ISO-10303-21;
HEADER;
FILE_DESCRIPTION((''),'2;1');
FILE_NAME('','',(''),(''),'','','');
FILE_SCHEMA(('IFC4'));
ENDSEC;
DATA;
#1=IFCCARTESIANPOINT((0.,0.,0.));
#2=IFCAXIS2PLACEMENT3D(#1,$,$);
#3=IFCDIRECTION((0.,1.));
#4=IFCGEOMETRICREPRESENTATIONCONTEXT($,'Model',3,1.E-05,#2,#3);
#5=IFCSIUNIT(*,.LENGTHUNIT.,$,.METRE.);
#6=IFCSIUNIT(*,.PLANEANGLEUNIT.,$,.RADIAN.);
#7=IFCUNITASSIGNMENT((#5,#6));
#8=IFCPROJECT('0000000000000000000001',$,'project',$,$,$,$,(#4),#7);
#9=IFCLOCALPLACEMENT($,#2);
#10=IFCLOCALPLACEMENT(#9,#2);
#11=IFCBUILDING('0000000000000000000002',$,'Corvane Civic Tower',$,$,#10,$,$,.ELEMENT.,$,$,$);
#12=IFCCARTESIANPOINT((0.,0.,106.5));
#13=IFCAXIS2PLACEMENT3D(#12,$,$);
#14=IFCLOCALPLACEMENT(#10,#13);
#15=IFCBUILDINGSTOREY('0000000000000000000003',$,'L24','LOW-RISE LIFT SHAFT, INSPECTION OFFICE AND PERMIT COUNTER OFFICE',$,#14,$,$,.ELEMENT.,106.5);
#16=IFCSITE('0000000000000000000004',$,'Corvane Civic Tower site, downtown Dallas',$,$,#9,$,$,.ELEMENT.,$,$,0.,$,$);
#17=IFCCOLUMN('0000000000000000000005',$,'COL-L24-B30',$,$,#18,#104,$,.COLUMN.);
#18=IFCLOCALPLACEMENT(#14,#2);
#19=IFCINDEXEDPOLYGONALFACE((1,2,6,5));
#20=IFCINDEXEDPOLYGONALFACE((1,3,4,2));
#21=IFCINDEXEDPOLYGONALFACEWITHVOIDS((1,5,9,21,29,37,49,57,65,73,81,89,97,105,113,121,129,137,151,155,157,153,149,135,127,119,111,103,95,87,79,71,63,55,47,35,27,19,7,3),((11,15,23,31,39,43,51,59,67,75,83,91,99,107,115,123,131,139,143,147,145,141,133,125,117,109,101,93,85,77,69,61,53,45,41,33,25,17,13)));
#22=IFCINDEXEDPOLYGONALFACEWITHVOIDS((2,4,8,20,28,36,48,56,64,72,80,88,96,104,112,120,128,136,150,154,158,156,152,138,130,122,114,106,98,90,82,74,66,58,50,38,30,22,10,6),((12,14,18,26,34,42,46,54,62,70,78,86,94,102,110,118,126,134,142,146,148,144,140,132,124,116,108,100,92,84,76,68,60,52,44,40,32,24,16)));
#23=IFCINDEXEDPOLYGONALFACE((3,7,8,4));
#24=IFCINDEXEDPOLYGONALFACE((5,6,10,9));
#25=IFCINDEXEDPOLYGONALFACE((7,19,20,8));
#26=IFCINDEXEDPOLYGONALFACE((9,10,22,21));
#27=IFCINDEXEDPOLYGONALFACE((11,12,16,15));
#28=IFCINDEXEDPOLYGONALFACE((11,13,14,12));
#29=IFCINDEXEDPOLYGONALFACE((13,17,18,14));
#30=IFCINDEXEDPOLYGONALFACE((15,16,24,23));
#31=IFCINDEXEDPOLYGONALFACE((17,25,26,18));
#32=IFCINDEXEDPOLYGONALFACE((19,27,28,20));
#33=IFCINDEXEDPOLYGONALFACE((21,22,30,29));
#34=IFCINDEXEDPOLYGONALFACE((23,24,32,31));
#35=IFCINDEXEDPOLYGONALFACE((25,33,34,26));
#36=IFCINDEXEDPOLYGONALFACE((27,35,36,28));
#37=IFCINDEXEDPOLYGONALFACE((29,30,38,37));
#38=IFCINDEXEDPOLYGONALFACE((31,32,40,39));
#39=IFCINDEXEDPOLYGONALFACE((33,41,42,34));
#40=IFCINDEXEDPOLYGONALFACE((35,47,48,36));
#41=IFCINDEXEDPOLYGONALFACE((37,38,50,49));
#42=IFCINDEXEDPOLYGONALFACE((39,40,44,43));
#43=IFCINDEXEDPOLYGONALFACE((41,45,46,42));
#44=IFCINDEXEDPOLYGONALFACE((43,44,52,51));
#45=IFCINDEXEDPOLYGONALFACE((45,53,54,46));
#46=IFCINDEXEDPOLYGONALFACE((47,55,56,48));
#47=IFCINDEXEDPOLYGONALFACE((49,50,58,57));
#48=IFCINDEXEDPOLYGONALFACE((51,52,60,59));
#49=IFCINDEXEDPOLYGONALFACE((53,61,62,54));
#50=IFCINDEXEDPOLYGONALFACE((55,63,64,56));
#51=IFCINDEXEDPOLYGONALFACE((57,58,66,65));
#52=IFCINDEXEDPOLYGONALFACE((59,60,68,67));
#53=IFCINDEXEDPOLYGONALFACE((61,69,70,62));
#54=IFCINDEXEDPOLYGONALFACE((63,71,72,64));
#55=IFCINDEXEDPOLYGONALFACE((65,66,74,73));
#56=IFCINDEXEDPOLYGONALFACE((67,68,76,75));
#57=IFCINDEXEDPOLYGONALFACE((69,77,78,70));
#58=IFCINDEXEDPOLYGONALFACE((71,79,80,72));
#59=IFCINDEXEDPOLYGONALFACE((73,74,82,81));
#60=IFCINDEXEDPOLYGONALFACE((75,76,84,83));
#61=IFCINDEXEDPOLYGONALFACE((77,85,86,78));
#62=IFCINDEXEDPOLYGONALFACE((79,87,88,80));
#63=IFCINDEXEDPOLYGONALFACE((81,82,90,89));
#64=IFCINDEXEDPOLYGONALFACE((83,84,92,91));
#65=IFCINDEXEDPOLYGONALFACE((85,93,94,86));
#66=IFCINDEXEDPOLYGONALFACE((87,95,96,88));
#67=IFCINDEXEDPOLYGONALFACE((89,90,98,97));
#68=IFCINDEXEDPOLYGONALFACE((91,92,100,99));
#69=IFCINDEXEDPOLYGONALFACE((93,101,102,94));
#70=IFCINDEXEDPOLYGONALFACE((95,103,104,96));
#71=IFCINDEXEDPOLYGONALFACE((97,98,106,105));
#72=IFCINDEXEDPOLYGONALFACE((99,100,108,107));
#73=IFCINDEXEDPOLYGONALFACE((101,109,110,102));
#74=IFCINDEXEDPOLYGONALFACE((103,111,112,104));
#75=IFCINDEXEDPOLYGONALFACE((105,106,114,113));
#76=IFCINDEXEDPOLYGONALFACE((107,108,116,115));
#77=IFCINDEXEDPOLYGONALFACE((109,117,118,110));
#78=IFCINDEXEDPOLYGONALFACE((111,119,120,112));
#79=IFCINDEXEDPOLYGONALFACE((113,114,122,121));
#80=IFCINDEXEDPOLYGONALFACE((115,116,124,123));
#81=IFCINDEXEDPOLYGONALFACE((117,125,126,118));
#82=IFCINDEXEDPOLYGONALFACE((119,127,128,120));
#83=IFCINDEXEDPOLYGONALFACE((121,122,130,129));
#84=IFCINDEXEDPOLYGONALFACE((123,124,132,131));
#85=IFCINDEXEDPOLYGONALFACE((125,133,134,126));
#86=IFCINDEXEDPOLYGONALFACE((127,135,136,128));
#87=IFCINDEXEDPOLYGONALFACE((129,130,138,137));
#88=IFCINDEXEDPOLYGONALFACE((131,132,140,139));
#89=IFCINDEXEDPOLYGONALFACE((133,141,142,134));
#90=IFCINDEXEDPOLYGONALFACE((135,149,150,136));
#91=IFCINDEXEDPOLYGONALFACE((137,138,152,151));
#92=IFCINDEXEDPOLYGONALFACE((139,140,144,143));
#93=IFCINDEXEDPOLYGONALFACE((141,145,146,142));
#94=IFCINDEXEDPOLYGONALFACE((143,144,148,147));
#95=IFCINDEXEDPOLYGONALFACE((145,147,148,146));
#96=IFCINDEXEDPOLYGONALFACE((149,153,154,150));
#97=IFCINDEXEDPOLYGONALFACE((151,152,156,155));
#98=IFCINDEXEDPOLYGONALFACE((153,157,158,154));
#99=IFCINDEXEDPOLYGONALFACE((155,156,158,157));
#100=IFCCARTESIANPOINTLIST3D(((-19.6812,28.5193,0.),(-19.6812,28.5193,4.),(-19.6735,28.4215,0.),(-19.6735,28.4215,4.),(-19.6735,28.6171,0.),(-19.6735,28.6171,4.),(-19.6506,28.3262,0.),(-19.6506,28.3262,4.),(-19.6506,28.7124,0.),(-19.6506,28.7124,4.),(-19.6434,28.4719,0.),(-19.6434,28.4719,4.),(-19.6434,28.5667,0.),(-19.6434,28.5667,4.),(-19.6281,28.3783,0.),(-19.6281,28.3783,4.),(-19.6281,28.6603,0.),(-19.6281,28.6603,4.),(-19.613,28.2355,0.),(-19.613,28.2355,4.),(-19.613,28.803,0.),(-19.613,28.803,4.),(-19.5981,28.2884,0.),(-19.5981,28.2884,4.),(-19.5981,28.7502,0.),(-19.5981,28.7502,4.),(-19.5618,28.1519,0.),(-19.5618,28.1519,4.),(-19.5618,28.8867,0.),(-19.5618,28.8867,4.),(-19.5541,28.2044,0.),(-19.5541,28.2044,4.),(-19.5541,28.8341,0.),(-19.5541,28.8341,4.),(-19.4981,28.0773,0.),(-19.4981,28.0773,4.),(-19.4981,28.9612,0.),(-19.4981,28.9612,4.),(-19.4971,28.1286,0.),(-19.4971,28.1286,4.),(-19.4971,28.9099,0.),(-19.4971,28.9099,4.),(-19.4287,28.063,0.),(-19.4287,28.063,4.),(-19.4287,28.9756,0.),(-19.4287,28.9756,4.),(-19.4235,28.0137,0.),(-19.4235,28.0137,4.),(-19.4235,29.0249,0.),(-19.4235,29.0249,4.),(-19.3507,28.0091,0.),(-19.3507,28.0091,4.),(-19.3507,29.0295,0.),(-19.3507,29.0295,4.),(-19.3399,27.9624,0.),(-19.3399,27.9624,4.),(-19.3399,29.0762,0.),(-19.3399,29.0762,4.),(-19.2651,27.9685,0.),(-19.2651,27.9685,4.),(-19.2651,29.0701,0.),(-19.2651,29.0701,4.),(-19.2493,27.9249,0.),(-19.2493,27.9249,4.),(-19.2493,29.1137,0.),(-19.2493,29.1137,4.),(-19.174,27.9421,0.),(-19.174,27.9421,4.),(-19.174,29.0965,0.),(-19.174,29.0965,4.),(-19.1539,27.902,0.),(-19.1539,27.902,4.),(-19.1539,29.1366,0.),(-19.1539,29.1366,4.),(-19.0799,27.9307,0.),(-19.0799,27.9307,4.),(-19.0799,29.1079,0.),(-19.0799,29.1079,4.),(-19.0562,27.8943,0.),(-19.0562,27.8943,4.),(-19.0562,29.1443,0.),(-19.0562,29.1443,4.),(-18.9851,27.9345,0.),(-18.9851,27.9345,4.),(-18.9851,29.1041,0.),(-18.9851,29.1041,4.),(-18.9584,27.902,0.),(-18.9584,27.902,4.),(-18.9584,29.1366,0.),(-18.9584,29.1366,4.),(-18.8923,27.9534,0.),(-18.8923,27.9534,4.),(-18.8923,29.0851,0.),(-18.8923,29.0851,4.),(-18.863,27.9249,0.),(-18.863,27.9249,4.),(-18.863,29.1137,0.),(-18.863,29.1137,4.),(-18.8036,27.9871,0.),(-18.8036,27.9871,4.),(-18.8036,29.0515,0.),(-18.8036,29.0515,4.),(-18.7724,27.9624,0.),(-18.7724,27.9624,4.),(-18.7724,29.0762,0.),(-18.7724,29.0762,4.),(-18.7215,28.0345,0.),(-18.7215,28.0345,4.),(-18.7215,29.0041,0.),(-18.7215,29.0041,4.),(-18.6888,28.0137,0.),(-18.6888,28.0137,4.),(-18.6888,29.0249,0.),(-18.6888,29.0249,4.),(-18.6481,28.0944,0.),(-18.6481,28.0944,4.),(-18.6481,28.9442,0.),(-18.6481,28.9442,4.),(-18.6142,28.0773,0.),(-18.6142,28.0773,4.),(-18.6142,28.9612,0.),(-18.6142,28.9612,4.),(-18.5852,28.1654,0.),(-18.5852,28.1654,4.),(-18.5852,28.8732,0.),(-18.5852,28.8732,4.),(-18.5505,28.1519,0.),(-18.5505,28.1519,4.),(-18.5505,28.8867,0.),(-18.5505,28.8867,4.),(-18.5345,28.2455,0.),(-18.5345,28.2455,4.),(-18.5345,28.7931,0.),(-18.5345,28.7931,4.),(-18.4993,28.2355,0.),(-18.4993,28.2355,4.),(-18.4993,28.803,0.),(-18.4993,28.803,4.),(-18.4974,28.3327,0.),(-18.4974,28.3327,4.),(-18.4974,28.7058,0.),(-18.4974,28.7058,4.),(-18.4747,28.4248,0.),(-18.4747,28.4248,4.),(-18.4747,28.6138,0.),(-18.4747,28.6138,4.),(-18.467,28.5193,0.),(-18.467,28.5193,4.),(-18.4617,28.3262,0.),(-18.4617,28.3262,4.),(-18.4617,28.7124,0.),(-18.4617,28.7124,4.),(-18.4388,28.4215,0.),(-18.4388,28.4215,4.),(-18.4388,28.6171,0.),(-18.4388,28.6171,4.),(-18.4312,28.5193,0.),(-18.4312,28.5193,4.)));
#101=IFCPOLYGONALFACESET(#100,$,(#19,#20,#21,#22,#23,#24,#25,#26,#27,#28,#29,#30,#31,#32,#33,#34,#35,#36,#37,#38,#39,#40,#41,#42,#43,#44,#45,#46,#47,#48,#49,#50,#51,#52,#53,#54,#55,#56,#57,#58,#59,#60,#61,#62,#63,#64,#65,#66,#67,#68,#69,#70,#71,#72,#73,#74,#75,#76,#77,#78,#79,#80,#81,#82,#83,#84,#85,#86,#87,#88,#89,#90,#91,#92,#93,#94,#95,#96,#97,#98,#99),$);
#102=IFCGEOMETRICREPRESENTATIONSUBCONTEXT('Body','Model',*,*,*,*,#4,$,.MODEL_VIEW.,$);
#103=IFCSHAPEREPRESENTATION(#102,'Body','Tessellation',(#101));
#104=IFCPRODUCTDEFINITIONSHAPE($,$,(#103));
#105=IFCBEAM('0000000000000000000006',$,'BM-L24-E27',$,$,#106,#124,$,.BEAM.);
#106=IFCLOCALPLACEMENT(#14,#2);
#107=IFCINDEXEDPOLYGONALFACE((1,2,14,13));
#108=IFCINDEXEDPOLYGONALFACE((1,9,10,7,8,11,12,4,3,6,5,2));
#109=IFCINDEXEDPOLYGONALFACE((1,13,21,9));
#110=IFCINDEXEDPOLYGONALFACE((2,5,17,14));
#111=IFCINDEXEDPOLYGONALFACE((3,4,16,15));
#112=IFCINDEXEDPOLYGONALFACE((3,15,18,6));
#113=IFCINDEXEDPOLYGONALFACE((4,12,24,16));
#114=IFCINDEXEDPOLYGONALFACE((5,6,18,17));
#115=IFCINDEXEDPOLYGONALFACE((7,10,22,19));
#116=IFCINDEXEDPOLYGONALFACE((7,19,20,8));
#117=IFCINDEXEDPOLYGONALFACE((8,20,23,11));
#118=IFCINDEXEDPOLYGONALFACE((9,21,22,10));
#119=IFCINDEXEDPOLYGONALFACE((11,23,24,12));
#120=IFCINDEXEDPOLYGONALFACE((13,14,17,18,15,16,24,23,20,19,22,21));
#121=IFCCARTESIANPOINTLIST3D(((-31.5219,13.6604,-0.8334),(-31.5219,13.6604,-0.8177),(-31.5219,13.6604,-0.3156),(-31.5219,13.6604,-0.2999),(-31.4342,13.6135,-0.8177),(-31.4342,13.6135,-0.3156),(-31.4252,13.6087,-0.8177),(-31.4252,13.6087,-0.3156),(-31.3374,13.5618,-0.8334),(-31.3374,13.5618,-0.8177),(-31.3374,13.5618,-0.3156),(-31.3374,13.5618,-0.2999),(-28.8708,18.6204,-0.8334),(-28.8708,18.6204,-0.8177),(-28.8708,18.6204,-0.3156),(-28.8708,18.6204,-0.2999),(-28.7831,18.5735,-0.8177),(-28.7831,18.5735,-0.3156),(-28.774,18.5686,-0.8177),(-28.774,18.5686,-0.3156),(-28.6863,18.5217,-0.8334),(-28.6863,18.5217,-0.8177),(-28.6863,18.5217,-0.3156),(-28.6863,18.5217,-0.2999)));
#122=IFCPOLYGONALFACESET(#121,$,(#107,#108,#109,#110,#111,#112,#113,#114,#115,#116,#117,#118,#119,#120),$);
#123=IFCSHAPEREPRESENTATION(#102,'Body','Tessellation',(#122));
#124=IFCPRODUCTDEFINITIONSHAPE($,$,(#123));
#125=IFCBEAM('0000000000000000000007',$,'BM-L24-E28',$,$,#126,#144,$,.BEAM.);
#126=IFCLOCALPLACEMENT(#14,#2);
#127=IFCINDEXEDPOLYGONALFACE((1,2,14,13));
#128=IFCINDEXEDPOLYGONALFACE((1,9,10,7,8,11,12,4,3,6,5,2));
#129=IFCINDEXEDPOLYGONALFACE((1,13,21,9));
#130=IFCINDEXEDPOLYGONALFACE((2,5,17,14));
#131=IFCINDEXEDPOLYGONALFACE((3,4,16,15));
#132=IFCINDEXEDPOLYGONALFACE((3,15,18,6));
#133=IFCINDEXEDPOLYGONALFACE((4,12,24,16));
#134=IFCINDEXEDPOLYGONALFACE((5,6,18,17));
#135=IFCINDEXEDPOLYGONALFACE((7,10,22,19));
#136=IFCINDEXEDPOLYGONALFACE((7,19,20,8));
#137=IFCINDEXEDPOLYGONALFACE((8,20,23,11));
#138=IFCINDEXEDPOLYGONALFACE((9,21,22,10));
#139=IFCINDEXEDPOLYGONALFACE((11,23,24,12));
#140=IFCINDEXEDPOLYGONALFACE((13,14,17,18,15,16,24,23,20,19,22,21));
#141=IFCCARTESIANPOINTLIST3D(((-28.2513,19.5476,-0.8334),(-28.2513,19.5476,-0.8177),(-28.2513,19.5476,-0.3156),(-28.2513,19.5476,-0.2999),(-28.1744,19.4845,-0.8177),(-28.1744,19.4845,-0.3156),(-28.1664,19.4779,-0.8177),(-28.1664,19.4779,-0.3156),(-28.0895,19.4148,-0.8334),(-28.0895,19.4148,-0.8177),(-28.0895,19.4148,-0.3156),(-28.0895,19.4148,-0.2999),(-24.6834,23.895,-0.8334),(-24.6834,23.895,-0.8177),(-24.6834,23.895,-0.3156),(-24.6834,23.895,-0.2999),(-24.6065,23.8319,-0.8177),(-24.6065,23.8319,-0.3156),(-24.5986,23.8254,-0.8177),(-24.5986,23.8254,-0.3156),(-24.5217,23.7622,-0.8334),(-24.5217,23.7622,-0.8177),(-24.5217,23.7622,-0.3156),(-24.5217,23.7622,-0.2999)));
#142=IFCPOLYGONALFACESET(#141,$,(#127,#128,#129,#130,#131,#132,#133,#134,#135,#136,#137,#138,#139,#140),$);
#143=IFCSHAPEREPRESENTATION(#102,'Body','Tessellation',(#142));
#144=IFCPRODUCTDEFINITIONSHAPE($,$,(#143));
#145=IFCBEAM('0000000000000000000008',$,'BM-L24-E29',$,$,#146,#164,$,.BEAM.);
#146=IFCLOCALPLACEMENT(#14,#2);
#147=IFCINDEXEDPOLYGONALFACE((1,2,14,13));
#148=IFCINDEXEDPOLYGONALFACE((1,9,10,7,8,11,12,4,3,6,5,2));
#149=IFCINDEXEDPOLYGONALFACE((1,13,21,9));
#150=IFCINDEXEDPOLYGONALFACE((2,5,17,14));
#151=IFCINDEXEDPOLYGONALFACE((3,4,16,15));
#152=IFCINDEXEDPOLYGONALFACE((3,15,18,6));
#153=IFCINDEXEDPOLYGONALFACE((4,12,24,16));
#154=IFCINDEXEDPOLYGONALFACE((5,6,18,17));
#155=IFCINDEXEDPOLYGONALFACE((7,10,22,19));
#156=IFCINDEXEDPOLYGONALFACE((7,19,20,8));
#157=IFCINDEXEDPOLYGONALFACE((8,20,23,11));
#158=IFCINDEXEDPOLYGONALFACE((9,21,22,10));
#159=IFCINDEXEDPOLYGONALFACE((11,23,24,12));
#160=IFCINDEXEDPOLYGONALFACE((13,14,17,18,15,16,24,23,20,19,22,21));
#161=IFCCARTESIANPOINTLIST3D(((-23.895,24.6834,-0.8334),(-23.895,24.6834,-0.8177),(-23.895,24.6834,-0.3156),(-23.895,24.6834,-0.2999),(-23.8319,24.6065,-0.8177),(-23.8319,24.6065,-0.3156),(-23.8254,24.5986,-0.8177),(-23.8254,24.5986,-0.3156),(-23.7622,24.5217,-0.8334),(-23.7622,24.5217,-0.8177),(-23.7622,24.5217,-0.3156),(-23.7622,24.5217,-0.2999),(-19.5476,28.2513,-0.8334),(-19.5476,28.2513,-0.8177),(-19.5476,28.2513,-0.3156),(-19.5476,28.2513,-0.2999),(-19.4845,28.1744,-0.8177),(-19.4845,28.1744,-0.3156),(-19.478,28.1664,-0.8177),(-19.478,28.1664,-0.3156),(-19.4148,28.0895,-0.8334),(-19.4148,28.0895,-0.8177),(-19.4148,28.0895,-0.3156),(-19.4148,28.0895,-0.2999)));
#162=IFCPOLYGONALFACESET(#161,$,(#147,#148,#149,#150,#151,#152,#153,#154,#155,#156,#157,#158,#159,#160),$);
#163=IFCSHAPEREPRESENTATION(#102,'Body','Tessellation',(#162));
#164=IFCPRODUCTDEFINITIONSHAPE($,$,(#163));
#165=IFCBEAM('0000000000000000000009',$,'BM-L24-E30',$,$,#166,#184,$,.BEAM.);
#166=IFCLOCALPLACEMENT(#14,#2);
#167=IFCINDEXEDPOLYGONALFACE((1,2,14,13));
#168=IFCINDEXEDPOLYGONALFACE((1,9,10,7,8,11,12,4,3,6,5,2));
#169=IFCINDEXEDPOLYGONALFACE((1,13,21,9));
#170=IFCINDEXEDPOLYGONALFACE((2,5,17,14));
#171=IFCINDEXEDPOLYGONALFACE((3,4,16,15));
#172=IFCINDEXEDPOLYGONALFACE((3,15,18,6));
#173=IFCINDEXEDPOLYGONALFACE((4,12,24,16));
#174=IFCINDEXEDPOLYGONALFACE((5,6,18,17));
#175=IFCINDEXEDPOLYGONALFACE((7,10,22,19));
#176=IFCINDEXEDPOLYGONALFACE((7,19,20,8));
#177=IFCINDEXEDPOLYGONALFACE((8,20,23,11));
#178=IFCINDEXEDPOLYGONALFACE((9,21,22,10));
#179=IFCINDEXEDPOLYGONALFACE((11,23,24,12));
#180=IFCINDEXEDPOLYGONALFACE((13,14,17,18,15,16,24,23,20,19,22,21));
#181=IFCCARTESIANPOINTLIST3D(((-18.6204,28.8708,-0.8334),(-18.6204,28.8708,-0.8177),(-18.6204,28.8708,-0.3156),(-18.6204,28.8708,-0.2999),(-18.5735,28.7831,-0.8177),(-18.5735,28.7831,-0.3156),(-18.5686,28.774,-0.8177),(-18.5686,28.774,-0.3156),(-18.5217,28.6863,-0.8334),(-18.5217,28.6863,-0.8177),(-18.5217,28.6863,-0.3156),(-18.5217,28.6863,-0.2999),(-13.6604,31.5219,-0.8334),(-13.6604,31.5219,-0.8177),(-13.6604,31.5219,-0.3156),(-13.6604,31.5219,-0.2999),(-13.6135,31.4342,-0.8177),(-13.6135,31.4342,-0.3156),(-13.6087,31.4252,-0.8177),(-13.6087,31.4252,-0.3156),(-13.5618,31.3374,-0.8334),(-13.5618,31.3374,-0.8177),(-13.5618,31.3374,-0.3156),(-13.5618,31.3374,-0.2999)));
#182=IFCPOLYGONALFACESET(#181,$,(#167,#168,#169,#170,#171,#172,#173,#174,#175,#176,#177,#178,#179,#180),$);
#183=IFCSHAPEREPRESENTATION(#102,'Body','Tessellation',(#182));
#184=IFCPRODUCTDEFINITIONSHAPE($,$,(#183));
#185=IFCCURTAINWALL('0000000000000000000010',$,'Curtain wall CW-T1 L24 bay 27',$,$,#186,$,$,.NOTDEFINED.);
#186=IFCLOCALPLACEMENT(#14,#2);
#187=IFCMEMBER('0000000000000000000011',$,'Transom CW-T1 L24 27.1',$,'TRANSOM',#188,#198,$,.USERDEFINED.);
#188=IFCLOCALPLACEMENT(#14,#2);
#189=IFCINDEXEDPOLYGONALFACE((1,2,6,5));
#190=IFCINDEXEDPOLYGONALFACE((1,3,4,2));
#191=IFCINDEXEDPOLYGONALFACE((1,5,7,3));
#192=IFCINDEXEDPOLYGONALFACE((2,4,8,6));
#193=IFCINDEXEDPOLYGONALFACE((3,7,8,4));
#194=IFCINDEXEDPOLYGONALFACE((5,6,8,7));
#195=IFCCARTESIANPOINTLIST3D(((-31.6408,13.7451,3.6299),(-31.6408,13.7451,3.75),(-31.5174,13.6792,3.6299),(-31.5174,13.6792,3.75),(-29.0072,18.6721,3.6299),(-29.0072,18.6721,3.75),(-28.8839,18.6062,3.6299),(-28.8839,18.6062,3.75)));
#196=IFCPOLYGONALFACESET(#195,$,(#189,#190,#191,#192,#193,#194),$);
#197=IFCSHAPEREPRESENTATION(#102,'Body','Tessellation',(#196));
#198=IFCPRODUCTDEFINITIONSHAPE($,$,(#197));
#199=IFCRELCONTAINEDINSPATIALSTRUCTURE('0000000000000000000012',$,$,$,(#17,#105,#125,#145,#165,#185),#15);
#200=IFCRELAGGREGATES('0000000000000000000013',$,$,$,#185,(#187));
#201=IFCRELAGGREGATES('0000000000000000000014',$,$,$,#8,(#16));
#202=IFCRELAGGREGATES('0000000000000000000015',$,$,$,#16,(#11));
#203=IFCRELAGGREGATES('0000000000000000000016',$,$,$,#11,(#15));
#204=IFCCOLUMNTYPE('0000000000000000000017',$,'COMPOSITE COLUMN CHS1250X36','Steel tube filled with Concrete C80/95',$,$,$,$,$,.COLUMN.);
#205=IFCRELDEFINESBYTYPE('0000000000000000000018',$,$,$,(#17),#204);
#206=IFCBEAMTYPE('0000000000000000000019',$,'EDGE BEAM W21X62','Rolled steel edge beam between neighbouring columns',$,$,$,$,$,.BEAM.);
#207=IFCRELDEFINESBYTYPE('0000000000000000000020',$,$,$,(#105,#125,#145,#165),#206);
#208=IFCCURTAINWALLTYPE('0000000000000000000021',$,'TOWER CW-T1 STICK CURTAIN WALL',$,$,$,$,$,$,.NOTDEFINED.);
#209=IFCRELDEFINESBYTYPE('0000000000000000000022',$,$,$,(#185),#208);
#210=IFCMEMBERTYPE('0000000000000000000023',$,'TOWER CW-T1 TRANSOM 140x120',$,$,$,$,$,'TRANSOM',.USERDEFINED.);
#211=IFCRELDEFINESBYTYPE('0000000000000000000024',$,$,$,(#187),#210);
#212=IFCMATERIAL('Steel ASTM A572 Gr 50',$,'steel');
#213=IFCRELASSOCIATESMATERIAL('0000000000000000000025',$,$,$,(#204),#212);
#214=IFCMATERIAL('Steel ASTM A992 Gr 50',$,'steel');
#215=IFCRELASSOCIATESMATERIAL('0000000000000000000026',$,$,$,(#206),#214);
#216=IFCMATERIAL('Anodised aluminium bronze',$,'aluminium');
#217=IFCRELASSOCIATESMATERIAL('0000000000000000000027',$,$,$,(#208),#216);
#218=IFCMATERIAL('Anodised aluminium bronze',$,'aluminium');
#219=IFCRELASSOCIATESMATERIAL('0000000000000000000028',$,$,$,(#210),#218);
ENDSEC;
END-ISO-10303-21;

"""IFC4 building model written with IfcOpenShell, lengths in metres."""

from ifc_helpers import new_model, si_unit, direction, frame, origin, origin_2d, place, context, subcontext, project, spatial, rectangle, hollow_circle, i_section, extrude, material, material_profile, profile_set, type_object, element, aggregate, save


model = new_model("IFC4")

# Units and contexts
model_context = context("Model", 3, precision=1e-05, world=origin(), true_north=direction((0.0, 1.0)))
body_context = subcontext(model_context, "Body", "Model", "MODEL_VIEW")
ifc_project = project(units=[si_unit("LENGTHUNIT", "METRE"), si_unit("PLANEANGLEUNIT", "RADIAN")], contexts=[model_context])

# Site, building, storey
site_placement = place(None, origin())
site = spatial("IfcSite", under=ifc_project, at=site_placement, Name="Corvane Civic Tower site, downtown Dallas", CompositionType="ELEMENT", RefElevation=0.0)
building_placement = place(site_placement, origin())
building = spatial("IfcBuilding", under=site, at=building_placement, Name="Corvane Civic Tower", CompositionType="ELEMENT")
storey_placement = place(building_placement, frame((0.0, 0.0, 106.5)))
storey = spatial("IfcBuildingStorey", under=building, at=storey_placement, Name="L24", Description="LOW-RISE LIFT SHAFT, INSPECTION OFFICE AND PERMIT COUNTER OFFICE", CompositionType="ELEMENT", Elevation=106.5)

# Column
ifc_material_1 = material(Name="Steel ASTM A572 Gr 50", Category="steel")
ifc_material_profile_1 = material_profile(ifc_material_1, hollow_circle(Radius=0.625, WallThickness=0.0359, at=origin_2d()), Name="CHS1250X36")
ifc_profile_set_1 = profile_set([ifc_material_profile_1], Name="Steel ASTM A572 Gr 50")
column_type = type_object("IfcColumnType", Name="COMPOSITE COLUMN CHS1250X36", Description="Steel tube filled with Concrete C80/95", PredefinedType="COLUMN", material=ifc_profile_set_1)
for number, where, z_axis, x_axis, name in (
    (1, (-19.0562, 28.5193, 0.0), (0.0, 0.0, 1.0), (1.0, 0.0, 0.0), "COL-L24-B30"),
):
    element("IfcColumn", number, at=place(storey_placement, frame(where, z_axis=z_axis, x_axis=x_axis)), inside=storey, type_object=column_type, Name=name, PredefinedType="COLUMN", context=body_context, shape_type="SweptSolid", body=[
        extrude(hollow_circle(Radius=0.625, WallThickness=0.0359, at=origin_2d()), origin(), (0.0, 0.0, 1.0), 4.0),
    ])

# Beams
ifc_material_2 = material(Name="Steel ASTM A992 Gr 50", Category="steel")
ifc_material_profile_2 = material_profile(ifc_material_2, i_section(OverallWidth=0.2092, OverallDepth=0.5334, WebThickness=0.0103, FlangeThickness=0.0156, at=origin_2d()), Name="W21X62")
ifc_profile_set_2 = profile_set([ifc_material_profile_2], Name="Steel ASTM A992 Gr 50")
beam_type = type_object("IfcBeamType", Name="EDGE BEAM W21X62", Description="Rolled steel edge beam between neighbouring columns", PredefinedType="BEAM", material=ifc_profile_set_2)
for number, where, z_axis, x_axis, name in (
    (2, (-31.4297, 13.6111, -0.5667), (0.471392, 0.881924, 0.0), (-0.881924, 0.471392, 0.0), "BM-L24-E27"),
    (3, (-28.1704, 19.4812, -0.5667), (0.634398, 0.773007, 0.0), (-0.773007, 0.634398, 0.0), "BM-L24-E28"),
    (4, (-23.8286, 24.6025, -0.5667), (0.773007, 0.634398, 0.0), (-0.634398, 0.773007, 0.0), "BM-L24-E29"),
    (5, (-18.571, 28.7786, -0.5667), (0.881924, 0.471392, 0.0), (-0.471392, 0.881924, 0.0), "BM-L24-E30"),
):
    element("IfcBeam", number, at=place(storey_placement, frame(where, z_axis=z_axis, x_axis=x_axis)), inside=storey, type_object=beam_type, Name=name, PredefinedType="BEAM", context=body_context, shape_type="SweptSolid", body=[
        extrude(i_section(OverallWidth=0.2092, OverallDepth=0.5334, WebThickness=0.0103, FlangeThickness=0.0156, at=origin_2d()), origin(), (0.0, 0.0, 1.0), 5.624),
    ])

# Curtain wall, member
ifc_material_3 = material(Name="Anodised aluminium bronze", Category="aluminium")
curtain_wall_type = type_object("IfcCurtainWallType", Name="TOWER CW-T1 STICK CURTAIN WALL", PredefinedType="NOTDEFINED", material=ifc_material_3)
curtain_wall_1_placement = place(storey_placement, origin())
curtain_wall_1 = element("IfcCurtainWall", 6, at=curtain_wall_1_placement, inside=storey, type_object=curtain_wall_type, Name="Curtain wall CW-T1 L24 bay 27", PredefinedType="NOTDEFINED")
ifc_material_4 = material(Name="Anodised aluminium bronze", Category="aluminium")
ifc_material_profile_3 = material_profile(ifc_material_4, rectangle(XDim=0.1399, YDim=0.1201, at=origin_2d()), Name="TOWER CW-T1 TRANSOM 140x120")
ifc_profile_set_3 = profile_set([ifc_material_profile_3], Name="Anodised aluminium bronze")
member_type = type_object("IfcMemberType", Name="TOWER CW-T1 TRANSOM 140x120", ElementType="TRANSOM", PredefinedType="USERDEFINED", material=ifc_profile_set_3)
member_1_placement = place(storey_placement, frame((-31.5791, 13.7122, 3.6899), z_axis=(0.471398, 0.881921, 0.0), x_axis=(-0.881921, 0.471398, 0.0)))
member_1 = element("IfcMember", 7, at=member_1_placement, type_object=member_type, Name="Transom CW-T1 L24 27.1", ObjectType="TRANSOM", PredefinedType="USERDEFINED", context=body_context, shape_type="SweptSolid", body=[
    extrude(rectangle(XDim=0.1399, YDim=0.1201, at=origin_2d()), origin(), (0.0, 0.0, 1.0), 5.5867),
])

aggregate(curtain_wall_1, [member_1])

save(model, "model.ifc")
